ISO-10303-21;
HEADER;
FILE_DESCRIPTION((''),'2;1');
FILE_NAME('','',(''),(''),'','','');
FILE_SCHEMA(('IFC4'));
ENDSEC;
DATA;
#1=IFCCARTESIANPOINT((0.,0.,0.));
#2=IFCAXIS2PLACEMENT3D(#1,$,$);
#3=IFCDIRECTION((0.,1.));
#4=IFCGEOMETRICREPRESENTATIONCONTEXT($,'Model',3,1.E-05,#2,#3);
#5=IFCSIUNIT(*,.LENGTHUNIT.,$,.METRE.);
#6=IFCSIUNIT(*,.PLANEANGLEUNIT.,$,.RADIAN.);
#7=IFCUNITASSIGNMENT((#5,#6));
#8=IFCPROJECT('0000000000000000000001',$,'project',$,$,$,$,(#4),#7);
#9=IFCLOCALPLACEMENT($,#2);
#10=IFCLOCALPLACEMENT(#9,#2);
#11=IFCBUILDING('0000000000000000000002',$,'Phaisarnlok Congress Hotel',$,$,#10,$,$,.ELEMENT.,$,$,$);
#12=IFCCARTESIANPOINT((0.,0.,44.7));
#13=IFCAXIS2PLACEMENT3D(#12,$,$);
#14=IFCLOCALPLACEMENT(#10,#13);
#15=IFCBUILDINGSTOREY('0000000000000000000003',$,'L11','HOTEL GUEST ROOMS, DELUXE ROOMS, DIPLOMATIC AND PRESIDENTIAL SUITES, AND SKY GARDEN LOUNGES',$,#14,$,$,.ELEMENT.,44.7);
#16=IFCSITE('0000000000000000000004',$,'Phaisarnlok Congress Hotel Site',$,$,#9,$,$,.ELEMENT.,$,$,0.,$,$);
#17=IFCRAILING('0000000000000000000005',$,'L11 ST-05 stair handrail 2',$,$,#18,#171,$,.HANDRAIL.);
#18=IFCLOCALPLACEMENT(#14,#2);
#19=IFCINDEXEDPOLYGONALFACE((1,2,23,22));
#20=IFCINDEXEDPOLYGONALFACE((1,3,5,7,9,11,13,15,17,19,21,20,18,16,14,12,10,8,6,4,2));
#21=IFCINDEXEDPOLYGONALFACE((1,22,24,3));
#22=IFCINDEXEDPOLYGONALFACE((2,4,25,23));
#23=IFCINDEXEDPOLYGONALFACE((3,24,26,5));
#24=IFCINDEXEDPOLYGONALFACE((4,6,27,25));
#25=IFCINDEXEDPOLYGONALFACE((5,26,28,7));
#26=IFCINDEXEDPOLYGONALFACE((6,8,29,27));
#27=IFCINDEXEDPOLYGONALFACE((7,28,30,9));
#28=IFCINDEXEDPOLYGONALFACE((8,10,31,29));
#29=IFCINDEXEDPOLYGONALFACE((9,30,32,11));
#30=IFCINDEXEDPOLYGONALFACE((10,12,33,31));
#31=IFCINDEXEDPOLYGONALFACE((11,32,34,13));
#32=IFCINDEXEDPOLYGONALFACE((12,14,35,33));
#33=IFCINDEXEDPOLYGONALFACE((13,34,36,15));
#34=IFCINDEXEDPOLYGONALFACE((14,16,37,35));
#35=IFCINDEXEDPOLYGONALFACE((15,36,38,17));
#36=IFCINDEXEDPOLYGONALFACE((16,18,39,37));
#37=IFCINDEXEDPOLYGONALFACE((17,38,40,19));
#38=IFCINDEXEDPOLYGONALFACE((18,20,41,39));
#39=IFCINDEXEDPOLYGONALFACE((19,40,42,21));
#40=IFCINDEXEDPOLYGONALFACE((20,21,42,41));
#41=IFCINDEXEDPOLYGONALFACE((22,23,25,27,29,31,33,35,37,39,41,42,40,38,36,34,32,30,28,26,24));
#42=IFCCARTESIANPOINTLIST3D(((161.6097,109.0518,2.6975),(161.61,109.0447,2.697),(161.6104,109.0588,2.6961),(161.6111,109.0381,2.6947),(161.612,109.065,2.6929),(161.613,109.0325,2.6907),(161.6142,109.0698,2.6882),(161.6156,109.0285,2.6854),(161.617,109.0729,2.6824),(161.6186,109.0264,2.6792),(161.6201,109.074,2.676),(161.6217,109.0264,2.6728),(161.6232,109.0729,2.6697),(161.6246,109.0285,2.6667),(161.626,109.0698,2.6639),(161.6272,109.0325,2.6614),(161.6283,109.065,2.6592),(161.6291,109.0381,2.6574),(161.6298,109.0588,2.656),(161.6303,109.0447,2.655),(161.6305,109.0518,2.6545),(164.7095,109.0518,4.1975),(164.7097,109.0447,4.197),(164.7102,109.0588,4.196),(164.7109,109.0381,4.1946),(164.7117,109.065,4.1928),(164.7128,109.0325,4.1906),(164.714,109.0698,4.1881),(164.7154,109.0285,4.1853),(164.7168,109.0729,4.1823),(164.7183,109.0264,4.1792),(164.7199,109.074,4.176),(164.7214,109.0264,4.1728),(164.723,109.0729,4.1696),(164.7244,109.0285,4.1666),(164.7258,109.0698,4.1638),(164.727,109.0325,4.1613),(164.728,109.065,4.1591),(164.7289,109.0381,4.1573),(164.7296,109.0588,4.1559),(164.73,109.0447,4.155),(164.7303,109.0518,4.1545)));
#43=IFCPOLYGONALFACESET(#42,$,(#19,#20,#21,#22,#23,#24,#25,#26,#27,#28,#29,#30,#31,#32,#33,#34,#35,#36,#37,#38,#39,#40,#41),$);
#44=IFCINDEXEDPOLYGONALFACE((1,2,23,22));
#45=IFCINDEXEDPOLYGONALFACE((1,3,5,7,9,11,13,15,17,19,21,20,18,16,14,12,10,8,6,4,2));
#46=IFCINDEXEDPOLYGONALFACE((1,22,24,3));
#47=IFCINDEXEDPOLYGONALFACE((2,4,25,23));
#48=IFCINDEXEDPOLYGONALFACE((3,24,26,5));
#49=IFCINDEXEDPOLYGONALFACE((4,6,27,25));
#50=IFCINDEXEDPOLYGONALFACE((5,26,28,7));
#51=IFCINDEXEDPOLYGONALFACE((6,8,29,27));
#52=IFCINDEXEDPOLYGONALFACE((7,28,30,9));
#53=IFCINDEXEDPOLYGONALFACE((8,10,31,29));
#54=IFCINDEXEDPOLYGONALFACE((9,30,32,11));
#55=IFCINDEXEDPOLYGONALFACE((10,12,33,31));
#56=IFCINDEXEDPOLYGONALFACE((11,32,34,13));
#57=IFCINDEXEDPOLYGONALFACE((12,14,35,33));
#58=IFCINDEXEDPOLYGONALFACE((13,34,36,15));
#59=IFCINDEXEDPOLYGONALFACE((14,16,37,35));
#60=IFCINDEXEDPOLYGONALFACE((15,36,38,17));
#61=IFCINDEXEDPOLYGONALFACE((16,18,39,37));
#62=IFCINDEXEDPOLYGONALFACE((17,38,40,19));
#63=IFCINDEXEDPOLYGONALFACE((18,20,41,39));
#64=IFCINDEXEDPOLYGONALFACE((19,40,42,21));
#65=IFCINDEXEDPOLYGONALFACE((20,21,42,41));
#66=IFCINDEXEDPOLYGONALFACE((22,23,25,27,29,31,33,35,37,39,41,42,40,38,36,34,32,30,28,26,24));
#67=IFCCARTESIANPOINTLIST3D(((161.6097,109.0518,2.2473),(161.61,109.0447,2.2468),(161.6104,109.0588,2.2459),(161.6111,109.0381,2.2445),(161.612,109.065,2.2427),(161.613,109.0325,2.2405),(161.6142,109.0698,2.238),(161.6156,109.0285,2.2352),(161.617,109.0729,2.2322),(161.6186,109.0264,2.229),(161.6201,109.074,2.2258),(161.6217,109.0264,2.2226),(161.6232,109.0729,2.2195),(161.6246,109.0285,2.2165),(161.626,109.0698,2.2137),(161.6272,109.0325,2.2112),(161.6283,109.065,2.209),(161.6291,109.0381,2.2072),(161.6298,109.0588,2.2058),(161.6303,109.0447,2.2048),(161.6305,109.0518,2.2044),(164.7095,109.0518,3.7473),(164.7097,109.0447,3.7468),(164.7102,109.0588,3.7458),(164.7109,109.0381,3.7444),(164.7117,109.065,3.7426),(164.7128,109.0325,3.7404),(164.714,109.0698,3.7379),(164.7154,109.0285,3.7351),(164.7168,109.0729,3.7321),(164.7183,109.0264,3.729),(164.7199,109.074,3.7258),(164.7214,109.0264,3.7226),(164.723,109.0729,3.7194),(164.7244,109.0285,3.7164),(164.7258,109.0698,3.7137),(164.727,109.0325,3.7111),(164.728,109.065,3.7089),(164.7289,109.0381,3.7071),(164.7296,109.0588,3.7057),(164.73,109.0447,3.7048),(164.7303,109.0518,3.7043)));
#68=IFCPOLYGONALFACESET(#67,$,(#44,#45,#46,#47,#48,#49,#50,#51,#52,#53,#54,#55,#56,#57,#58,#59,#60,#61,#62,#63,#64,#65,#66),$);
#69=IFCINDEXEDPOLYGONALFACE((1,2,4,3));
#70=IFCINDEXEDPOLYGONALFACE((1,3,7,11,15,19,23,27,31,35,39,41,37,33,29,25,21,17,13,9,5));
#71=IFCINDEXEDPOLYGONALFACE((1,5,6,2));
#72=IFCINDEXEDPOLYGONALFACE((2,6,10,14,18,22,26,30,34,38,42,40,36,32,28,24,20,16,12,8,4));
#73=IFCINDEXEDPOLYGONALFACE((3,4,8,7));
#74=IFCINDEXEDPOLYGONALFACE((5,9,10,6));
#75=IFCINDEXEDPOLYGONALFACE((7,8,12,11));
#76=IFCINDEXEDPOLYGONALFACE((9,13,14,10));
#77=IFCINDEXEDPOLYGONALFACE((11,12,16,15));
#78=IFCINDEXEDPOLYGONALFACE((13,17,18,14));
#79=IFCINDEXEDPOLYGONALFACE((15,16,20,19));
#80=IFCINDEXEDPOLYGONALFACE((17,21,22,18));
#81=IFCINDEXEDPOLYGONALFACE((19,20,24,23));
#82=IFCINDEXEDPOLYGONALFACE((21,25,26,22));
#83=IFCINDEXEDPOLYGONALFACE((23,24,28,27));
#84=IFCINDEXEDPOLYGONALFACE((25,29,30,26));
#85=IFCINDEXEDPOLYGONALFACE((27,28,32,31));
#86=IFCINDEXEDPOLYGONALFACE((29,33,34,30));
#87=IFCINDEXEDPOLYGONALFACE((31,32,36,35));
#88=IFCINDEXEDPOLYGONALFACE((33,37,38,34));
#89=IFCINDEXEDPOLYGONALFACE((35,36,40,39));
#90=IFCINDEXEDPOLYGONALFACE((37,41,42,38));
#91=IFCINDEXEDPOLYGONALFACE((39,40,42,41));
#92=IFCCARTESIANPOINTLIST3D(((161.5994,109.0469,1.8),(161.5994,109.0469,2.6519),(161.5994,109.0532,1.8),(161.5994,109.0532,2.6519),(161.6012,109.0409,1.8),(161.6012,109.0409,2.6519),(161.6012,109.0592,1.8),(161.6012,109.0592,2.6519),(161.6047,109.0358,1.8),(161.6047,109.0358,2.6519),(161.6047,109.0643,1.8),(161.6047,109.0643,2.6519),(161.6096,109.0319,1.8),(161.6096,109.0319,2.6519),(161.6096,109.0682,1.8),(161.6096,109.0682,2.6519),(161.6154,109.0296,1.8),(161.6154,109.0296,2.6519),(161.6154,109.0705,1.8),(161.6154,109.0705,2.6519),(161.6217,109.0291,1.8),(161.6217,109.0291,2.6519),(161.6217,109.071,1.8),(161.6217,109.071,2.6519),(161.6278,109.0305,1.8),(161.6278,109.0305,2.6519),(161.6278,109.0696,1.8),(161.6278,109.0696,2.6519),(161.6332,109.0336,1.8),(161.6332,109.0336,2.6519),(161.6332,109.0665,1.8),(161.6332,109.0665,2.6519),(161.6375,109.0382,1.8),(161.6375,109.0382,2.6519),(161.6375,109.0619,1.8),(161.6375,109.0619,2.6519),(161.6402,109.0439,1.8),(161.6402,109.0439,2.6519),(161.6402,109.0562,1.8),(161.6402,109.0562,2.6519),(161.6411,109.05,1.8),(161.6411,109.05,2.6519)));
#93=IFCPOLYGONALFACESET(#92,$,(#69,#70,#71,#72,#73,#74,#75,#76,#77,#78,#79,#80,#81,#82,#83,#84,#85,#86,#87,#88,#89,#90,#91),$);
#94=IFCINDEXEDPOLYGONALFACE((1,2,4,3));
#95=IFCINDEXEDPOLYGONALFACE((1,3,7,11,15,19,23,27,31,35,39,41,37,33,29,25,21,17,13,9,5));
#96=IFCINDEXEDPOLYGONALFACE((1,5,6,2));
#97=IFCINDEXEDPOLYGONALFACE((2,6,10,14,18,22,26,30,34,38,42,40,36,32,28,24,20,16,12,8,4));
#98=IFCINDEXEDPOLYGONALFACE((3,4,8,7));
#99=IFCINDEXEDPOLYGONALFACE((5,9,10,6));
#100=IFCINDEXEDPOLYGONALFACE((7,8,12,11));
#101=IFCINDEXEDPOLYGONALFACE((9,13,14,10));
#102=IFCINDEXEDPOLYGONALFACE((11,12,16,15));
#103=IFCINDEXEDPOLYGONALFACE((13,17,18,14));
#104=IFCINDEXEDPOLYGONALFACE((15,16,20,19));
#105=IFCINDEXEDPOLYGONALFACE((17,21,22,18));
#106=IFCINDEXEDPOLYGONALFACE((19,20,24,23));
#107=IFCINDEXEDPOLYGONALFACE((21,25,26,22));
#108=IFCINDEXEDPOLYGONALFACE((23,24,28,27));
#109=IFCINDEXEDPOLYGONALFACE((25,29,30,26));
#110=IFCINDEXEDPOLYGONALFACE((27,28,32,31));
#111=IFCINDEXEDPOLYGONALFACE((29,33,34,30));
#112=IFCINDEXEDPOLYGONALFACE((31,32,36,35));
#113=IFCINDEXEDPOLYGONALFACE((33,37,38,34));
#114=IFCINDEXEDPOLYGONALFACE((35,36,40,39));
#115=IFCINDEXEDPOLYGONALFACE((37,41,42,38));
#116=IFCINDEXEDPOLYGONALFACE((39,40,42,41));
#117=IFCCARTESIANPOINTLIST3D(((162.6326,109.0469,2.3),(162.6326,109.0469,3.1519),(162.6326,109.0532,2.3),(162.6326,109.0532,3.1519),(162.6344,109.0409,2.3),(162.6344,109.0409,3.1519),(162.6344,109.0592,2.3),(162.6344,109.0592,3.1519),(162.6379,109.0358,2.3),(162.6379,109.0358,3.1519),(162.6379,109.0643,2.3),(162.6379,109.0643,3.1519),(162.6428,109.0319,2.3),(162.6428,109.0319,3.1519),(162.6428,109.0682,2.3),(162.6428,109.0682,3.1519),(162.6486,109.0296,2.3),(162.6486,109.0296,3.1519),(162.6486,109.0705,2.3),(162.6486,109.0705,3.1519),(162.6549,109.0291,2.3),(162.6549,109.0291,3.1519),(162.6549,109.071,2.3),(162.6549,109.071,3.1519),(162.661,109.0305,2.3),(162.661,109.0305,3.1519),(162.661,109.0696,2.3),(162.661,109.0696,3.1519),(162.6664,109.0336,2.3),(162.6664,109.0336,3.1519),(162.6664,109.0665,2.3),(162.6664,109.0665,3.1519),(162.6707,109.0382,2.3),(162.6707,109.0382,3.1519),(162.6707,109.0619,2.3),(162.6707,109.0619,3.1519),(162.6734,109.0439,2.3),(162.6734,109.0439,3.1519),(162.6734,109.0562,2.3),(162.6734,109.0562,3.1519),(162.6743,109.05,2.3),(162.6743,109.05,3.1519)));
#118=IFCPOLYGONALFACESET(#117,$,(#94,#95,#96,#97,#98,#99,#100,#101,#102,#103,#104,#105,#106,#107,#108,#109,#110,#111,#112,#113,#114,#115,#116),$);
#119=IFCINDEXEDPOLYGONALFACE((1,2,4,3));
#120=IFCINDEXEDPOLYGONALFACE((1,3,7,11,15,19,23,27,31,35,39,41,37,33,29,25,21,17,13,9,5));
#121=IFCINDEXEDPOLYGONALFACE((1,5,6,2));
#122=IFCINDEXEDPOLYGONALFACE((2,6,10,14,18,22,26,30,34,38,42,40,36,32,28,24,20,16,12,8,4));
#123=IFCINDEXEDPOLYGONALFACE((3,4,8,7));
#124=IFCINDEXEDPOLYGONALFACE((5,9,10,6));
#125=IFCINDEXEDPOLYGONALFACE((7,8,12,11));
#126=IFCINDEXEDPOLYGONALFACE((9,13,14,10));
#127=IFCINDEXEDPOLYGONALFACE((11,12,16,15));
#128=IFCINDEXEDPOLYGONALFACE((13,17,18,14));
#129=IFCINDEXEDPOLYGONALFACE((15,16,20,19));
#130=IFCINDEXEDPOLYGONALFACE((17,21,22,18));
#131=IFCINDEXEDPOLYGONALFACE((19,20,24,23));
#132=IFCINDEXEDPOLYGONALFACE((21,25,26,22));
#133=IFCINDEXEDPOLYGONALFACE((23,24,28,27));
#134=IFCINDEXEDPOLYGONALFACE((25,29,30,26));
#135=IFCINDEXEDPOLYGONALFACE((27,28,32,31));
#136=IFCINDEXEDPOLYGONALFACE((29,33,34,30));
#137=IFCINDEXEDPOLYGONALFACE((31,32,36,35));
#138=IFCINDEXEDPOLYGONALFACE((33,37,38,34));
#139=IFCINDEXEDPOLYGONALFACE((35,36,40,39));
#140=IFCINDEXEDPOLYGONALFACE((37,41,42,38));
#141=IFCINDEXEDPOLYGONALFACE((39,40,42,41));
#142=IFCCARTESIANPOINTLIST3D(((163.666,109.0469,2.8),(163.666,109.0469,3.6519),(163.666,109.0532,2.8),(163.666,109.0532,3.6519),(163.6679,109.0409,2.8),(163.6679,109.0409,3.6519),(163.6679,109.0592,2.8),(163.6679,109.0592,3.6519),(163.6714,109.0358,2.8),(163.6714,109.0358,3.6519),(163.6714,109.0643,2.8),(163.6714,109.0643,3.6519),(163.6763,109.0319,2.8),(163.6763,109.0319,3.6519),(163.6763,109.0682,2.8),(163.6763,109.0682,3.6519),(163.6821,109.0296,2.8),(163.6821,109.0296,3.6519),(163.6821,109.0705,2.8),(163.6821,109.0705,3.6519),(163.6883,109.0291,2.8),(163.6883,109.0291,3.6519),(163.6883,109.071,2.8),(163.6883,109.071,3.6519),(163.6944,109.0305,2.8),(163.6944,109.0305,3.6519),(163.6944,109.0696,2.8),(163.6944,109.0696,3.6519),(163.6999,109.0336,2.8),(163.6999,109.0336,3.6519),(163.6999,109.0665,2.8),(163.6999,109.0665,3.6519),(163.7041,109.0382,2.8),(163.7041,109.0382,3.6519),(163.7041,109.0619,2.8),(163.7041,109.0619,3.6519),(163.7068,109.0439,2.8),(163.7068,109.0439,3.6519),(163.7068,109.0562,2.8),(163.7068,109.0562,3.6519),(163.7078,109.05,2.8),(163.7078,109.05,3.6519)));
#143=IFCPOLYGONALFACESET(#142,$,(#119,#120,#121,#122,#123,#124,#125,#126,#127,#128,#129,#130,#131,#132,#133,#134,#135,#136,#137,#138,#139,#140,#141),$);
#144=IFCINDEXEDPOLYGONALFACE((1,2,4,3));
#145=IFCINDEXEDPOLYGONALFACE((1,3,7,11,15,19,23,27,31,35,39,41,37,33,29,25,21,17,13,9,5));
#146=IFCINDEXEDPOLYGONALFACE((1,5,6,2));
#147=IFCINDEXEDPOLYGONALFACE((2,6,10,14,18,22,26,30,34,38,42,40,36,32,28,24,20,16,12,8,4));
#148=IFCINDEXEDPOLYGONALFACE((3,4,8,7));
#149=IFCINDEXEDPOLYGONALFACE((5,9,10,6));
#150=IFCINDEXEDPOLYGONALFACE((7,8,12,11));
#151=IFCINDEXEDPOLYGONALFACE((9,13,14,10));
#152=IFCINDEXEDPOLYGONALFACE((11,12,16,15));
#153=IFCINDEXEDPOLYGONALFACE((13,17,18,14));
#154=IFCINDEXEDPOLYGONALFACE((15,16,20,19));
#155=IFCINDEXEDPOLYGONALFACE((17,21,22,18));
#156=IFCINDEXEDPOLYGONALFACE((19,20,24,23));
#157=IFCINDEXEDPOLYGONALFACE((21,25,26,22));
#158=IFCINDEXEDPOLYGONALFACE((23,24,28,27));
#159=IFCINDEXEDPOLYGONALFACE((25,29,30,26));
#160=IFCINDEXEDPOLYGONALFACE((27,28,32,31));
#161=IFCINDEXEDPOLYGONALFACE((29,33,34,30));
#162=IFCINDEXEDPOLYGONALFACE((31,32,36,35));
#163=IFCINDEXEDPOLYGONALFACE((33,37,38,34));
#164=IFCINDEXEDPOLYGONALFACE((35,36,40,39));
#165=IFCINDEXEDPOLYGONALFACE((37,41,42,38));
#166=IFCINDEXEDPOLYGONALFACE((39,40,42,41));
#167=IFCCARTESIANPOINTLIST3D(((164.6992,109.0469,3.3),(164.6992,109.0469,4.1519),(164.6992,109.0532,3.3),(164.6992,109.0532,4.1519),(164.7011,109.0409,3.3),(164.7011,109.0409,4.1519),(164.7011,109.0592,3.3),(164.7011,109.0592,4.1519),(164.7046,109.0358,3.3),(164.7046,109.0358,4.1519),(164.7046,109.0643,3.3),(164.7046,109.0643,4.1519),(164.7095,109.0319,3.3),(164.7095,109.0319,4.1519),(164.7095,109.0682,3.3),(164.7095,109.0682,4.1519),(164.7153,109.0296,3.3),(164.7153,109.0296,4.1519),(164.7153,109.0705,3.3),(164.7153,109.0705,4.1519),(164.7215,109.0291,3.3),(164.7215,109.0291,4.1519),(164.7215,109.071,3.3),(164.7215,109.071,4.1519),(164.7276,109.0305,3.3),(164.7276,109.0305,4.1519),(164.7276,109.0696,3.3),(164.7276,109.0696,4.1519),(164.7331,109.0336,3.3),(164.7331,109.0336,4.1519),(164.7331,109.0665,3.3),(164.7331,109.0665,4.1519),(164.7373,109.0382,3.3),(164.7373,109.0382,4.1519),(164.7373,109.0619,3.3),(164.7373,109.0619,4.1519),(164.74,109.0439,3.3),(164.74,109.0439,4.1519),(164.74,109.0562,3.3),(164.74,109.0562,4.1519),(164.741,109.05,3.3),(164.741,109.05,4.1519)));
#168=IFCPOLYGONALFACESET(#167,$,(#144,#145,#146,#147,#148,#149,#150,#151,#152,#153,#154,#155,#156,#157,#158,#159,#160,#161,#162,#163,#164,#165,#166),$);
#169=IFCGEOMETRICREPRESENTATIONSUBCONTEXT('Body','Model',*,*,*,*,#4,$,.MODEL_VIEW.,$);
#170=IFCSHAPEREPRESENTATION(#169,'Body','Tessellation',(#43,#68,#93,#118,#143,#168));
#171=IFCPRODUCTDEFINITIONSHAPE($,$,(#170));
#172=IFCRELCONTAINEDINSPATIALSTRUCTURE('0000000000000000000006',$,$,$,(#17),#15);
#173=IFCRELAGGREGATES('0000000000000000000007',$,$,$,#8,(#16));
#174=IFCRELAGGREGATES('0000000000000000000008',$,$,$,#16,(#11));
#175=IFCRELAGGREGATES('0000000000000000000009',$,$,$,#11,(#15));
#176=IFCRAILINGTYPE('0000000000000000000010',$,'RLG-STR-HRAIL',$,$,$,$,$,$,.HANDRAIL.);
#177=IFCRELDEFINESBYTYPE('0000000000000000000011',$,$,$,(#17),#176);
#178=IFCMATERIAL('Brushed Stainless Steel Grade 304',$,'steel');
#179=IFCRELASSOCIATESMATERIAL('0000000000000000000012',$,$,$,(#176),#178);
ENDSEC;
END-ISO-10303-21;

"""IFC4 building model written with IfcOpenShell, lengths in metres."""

from ifc_helpers import new_model, si_unit, direction, frame, origin, origin_2d, place, context, subcontext, project, spatial, circle, extrude, material, type_object, element, save


model = new_model("IFC4")

# Units and contexts
model_context = context("Model", 3, precision=1e-05, world=origin(), true_north=direction((0.0, 1.0)))
body_context = subcontext(model_context, "Body", "Model", "MODEL_VIEW")
ifc_project = project(units=[si_unit("LENGTHUNIT", "METRE"), si_unit("PLANEANGLEUNIT", "RADIAN")], contexts=[model_context])

# Site, building, storey
site_placement = place(None, origin())
site = spatial("IfcSite", under=ifc_project, at=site_placement, Name="Phaisarnlok Congress Hotel Site", CompositionType="ELEMENT", RefElevation=0.0)
building_placement = place(site_placement, origin())
building = spatial("IfcBuilding", under=site, at=building_placement, Name="Phaisarnlok Congress Hotel", CompositionType="ELEMENT")
storey_placement = place(building_placement, frame((0.0, 0.0, 44.7)))
storey = spatial("IfcBuildingStorey", under=building, at=storey_placement, Name="L11", Description="HOTEL GUEST ROOMS, DELUXE ROOMS, DIPLOMATIC AND PRESIDENTIAL SUITES, AND SKY GARDEN LOUNGES", CompositionType="ELEMENT", Elevation=44.7)

# Railing
ifc_material_1 = material(Name="Brushed Stainless Steel Grade 304", Category="steel")
railing_type = type_object("IfcRailingType", Name="RLG-STR-HRAIL", PredefinedType="HANDRAIL", material=ifc_material_1)
railing_placement = place(storey_placement, frame((161.6201, 109.05, 1.8)))
element("IfcRailing", 1, at=railing_placement, inside=storey, type_object=railing_type, Name="L11 ST-05 stair handrail 2", PredefinedType="HANDRAIL", context=body_context, shape_type="SweptSolid", body=[
    extrude(circle(Radius=0.0239, at=origin_2d()), frame((0.0, 0.0, 0.876), z_axis=(0.900151, 0.0, 0.435578), x_axis=(0.0, 1.0, 0.0)), (0.0, 0.0, 1.0), 3.4436),
    extrude(circle(Radius=0.0239, at=origin_2d()), frame((0.0, 0.0, 0.4258), z_axis=(0.900151, 0.0, 0.435578), x_axis=(0.0, 1.0, 0.0)), (0.0, 0.0, 1.0), 3.4436),
    extrude(circle(Radius=0.021, at=origin_2d()), origin(), (0.0, 0.0, 1.0), 0.8518),
    extrude(circle(Radius=0.021, at=origin_2d()), frame((1.0332, 0.0, 0.5)), (0.0, 0.0, 1.0), 0.8518),
    extrude(circle(Radius=0.021, at=origin_2d()), frame((2.0667, 0.0, 1.0)), (0.0, 0.0, 1.0), 0.8518),
    extrude(circle(Radius=0.021, at=origin_2d()), frame((3.0999, 0.0, 1.5)), (0.0, 0.0, 1.0), 0.8518),
])

save(model, "model.ifc")
